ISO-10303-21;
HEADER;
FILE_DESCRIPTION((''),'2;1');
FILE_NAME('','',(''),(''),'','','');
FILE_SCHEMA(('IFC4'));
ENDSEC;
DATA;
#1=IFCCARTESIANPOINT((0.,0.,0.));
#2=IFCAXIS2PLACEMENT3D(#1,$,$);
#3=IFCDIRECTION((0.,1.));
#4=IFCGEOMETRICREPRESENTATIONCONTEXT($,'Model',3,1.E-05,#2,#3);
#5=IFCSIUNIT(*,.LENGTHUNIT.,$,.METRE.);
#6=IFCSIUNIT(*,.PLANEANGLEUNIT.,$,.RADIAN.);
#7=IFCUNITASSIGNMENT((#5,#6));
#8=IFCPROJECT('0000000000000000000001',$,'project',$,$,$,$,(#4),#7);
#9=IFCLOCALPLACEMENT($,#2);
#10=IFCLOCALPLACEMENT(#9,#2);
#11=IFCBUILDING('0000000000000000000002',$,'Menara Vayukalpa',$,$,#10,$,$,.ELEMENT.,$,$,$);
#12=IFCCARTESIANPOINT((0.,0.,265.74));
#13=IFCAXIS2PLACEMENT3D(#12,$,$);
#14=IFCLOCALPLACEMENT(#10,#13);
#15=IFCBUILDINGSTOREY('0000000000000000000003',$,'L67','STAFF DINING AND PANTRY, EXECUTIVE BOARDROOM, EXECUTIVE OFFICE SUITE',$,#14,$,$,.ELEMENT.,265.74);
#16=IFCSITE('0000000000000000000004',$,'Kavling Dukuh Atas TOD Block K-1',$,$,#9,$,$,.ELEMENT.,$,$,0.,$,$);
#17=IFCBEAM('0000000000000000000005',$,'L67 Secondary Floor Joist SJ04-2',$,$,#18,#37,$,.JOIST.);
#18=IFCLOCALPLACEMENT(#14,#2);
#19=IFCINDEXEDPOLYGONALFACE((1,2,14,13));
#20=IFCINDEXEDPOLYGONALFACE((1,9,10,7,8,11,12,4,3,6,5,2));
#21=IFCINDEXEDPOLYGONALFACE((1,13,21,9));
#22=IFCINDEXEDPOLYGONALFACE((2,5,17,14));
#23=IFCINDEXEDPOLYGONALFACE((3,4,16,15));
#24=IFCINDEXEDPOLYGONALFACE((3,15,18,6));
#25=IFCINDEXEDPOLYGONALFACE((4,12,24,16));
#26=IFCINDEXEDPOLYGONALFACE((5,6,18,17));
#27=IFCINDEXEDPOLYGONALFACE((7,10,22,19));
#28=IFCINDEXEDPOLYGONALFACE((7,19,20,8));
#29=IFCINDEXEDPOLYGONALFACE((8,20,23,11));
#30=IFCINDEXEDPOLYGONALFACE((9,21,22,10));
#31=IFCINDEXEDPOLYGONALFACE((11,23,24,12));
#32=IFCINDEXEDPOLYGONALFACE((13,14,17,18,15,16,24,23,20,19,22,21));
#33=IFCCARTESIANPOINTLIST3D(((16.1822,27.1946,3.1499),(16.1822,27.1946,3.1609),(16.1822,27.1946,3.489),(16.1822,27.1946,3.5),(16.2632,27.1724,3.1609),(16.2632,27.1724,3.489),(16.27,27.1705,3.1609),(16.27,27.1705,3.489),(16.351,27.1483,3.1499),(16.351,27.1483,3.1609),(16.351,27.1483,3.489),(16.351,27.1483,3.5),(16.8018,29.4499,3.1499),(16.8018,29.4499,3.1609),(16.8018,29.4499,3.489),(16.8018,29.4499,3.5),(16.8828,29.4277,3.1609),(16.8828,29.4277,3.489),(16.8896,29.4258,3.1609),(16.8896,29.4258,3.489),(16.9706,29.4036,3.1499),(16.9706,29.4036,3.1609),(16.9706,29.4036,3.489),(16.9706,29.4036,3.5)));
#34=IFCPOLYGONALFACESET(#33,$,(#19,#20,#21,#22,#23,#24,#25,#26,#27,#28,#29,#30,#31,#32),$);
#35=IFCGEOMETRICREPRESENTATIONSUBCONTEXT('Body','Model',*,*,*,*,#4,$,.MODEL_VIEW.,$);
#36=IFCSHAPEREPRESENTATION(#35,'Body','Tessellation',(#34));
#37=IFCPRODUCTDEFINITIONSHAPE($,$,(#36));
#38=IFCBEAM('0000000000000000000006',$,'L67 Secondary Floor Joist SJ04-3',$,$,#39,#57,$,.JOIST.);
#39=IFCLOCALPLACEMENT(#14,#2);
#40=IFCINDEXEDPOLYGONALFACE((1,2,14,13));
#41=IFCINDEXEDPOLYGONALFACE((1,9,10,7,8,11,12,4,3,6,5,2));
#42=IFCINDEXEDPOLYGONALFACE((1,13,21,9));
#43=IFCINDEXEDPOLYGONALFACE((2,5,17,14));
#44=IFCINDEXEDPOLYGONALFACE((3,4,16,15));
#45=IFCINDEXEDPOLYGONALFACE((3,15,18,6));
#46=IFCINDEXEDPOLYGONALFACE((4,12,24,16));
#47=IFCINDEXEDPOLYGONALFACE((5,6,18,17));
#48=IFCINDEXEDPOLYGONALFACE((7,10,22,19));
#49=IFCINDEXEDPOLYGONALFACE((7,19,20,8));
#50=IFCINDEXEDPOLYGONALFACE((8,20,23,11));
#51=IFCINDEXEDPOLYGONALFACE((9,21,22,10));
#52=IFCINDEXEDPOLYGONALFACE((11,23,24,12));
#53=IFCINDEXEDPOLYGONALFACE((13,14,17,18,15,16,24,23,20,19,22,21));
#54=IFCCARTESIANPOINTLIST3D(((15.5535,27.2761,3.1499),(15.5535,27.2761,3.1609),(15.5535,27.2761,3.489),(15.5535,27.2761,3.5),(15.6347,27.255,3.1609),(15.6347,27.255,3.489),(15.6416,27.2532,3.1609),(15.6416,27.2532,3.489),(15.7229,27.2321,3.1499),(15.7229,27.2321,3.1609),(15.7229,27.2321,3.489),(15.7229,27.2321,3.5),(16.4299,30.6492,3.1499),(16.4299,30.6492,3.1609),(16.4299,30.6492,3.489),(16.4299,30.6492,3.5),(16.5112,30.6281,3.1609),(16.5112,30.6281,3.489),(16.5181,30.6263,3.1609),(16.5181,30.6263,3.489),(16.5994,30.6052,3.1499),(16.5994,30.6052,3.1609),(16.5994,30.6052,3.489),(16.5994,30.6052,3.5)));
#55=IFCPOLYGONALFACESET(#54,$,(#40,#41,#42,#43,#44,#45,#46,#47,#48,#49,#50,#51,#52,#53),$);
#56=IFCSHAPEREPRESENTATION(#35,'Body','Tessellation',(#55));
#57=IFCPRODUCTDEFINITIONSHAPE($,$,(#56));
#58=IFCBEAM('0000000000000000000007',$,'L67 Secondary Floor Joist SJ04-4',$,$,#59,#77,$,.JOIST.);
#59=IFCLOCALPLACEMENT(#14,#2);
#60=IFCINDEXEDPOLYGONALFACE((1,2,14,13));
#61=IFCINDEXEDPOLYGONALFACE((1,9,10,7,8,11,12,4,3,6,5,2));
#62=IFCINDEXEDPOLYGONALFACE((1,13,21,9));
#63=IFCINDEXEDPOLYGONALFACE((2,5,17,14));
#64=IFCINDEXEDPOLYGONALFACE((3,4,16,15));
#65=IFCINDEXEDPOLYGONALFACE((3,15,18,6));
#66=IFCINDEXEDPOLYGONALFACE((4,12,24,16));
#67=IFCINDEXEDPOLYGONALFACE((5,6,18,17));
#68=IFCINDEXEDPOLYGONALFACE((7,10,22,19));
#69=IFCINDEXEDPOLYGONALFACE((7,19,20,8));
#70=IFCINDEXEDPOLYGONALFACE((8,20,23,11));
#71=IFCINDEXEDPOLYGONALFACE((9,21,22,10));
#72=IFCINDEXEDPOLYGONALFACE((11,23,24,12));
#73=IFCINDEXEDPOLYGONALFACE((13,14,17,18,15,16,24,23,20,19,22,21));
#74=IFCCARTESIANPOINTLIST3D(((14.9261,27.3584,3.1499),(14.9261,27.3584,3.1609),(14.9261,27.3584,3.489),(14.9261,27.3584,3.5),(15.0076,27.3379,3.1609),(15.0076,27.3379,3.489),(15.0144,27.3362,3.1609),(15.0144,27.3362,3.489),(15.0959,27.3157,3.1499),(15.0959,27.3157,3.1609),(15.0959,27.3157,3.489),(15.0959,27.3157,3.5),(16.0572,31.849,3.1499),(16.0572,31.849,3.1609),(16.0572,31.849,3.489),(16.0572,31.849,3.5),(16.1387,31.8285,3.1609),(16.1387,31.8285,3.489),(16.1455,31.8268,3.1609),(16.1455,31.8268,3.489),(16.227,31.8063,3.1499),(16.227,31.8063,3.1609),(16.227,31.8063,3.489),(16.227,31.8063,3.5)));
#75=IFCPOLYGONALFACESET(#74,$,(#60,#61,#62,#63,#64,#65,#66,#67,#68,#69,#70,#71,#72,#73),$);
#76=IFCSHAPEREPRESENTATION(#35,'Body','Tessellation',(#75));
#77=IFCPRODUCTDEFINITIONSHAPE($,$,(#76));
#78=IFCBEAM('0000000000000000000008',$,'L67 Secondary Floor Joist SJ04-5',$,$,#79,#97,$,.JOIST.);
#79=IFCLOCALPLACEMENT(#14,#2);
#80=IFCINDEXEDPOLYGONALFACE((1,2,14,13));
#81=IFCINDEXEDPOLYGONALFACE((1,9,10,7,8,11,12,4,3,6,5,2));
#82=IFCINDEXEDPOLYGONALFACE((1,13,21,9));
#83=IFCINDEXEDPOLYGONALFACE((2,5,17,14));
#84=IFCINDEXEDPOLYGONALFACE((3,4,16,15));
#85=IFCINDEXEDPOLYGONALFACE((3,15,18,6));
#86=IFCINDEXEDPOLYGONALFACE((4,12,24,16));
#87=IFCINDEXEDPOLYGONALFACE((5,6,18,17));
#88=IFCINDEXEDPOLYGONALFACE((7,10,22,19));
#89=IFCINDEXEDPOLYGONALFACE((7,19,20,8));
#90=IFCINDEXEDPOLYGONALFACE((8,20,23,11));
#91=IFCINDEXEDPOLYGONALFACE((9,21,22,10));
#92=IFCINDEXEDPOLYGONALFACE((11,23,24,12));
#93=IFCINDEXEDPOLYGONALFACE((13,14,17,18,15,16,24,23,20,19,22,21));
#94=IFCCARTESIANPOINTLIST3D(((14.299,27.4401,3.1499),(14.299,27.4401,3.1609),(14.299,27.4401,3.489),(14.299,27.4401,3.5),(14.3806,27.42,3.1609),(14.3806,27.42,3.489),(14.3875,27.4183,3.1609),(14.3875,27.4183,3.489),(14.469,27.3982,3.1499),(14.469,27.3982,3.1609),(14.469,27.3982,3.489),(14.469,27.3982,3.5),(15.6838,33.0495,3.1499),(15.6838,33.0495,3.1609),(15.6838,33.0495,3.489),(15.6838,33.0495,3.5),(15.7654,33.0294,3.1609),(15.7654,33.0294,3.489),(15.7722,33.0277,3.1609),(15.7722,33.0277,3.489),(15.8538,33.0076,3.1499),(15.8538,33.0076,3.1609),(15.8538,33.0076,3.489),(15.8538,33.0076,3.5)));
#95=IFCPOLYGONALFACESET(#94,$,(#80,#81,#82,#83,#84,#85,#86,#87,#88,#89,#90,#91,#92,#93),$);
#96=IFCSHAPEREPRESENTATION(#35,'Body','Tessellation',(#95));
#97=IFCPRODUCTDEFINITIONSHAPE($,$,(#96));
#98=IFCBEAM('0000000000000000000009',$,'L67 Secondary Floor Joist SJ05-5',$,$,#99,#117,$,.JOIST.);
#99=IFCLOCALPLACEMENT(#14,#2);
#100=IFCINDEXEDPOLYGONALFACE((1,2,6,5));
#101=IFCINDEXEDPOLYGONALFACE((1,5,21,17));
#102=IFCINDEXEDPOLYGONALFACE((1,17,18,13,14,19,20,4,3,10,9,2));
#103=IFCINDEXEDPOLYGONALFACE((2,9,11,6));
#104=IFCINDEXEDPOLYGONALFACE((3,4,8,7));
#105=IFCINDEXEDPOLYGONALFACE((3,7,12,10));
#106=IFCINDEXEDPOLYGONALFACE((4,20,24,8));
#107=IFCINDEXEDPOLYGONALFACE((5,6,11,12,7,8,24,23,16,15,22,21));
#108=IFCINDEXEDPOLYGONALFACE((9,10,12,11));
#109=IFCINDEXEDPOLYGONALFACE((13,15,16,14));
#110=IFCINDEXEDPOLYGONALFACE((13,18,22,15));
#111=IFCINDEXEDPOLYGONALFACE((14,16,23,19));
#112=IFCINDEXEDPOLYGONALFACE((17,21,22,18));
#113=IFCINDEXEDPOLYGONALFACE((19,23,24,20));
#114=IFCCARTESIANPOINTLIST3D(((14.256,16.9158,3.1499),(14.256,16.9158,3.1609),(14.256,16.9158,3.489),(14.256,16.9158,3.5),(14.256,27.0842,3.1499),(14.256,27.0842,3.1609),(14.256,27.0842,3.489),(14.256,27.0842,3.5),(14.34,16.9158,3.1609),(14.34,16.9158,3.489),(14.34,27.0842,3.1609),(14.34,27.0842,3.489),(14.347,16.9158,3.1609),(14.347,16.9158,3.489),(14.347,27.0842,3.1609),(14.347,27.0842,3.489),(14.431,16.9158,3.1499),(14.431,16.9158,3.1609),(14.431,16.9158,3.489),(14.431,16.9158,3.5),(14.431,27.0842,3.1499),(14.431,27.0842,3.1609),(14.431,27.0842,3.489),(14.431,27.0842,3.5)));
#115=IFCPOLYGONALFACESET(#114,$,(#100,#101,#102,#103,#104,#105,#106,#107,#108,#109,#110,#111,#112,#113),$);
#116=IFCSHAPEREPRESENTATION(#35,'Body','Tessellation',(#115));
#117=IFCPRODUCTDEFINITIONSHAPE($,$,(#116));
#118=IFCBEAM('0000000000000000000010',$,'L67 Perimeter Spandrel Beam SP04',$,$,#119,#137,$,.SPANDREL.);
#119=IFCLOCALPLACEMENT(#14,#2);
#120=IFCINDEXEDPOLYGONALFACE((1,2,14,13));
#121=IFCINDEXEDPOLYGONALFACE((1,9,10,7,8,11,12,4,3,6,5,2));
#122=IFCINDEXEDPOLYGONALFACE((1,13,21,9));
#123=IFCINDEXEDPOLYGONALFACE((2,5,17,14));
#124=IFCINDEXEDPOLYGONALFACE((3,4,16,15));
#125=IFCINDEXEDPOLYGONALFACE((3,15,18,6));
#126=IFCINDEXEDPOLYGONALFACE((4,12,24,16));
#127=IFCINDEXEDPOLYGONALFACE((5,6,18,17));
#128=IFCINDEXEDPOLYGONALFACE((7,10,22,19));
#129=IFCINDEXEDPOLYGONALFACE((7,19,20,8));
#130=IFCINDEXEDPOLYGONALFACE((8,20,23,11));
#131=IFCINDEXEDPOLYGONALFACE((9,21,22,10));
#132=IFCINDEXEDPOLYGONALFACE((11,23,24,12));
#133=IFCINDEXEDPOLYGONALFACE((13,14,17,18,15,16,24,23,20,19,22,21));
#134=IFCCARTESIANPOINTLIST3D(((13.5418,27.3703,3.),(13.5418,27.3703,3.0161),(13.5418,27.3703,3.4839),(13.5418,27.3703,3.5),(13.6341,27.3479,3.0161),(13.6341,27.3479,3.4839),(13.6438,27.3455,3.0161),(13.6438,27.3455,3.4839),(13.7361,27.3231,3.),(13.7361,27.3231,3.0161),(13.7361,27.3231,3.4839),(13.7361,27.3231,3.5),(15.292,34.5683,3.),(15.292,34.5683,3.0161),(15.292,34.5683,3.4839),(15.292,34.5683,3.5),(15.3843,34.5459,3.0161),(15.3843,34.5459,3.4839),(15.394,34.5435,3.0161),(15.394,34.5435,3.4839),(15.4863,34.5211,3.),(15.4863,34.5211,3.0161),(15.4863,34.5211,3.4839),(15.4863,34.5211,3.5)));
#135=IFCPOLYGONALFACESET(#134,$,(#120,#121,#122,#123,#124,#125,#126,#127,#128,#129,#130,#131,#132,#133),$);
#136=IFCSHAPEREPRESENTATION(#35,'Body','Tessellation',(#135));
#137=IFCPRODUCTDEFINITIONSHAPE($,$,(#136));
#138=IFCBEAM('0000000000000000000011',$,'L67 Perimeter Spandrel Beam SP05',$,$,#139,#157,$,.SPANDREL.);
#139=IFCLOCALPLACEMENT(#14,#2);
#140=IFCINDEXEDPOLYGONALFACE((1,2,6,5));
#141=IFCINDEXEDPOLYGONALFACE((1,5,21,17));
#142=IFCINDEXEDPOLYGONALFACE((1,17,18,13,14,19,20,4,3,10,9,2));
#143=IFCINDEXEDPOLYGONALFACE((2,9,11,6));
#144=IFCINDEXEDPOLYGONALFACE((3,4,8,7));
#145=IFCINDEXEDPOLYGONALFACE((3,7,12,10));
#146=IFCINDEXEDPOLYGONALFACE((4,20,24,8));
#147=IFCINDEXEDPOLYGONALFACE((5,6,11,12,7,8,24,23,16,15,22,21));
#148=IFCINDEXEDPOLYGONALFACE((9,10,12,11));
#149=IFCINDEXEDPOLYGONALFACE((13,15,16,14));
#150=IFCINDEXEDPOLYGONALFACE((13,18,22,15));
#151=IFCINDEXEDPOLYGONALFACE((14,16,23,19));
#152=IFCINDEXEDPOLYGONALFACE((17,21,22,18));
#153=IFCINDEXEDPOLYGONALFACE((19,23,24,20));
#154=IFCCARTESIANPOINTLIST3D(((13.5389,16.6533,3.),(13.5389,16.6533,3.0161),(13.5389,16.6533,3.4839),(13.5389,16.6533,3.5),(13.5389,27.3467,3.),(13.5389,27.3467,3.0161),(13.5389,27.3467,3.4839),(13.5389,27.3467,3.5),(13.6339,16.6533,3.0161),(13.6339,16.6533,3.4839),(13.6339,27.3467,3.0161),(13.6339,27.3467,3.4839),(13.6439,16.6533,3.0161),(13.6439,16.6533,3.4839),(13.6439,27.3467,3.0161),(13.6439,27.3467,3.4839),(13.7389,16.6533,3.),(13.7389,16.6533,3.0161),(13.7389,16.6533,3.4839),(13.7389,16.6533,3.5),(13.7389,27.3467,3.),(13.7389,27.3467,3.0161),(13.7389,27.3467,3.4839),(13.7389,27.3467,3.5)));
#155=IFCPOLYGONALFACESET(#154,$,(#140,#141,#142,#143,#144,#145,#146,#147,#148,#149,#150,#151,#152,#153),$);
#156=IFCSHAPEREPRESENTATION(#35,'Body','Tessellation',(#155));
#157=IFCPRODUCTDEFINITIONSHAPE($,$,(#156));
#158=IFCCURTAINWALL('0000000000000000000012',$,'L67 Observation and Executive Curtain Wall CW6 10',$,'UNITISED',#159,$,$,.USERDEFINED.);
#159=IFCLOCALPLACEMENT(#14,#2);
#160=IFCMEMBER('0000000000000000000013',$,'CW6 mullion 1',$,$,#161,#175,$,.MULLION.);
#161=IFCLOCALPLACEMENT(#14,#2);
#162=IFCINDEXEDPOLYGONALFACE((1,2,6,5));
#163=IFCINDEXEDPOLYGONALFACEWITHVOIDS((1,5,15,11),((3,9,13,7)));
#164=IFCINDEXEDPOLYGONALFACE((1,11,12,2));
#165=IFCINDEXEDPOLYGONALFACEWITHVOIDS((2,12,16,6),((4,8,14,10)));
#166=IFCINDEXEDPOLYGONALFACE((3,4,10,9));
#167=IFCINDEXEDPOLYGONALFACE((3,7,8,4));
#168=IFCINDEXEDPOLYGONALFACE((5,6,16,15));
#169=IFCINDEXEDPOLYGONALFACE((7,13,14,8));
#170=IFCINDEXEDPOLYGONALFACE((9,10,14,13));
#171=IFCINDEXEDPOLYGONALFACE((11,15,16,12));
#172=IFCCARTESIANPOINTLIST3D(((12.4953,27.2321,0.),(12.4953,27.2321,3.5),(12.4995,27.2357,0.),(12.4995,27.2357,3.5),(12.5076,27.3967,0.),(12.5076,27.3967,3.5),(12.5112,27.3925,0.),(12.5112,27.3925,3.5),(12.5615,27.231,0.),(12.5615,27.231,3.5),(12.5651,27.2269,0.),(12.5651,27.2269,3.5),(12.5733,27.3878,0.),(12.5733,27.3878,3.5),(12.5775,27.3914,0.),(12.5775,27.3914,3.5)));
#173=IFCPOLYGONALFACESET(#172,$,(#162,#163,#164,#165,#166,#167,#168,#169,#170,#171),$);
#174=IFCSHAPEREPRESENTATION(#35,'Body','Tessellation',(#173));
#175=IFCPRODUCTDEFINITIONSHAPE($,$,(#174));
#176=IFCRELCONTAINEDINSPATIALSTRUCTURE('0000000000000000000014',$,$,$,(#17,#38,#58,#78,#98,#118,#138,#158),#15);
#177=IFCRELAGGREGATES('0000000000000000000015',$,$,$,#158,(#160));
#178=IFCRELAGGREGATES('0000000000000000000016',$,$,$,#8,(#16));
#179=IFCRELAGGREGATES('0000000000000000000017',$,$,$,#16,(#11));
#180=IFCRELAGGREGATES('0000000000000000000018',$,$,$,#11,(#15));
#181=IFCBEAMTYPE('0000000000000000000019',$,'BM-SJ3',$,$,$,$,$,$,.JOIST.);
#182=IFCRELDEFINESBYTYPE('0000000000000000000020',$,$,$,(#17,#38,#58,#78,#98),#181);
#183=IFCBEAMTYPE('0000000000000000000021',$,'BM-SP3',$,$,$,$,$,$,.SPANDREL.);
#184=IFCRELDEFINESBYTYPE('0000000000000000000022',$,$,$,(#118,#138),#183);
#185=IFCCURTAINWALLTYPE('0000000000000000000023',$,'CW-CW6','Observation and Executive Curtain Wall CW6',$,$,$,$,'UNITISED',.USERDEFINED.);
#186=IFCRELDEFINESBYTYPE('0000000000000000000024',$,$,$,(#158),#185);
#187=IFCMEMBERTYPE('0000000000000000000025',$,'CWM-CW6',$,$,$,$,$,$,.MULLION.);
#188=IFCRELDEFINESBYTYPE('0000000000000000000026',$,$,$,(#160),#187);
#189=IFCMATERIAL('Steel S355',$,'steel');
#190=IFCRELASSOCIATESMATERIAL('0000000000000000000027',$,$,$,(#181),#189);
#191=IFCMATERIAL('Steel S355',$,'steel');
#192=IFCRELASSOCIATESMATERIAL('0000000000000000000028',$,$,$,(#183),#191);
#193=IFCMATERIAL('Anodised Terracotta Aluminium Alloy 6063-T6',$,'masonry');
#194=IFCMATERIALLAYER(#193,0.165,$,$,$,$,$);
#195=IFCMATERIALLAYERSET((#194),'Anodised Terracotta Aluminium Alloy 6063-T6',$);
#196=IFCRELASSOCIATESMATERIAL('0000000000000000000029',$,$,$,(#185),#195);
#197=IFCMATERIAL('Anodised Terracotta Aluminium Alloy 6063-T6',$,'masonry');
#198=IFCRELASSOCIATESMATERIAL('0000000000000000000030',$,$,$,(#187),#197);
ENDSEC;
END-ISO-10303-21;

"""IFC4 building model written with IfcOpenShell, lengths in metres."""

from ifc_helpers import new_model, si_unit, direction, frame, origin, origin_2d, place, context, subcontext, project, spatial, hollow_rectangle, i_section, extrude, material, layer, layer_set, material_profile, profile_set, type_object, element, aggregate, save


model = new_model("IFC4")

# Units and contexts
model_context = context("Model", 3, precision=1e-05, world=origin(), true_north=direction((0.0, 1.0)))
body_context = subcontext(model_context, "Body", "Model", "MODEL_VIEW")
ifc_project = project(units=[si_unit("LENGTHUNIT", "METRE"), si_unit("PLANEANGLEUNIT", "RADIAN")], contexts=[model_context])

# Site, building, storey
site_placement = place(None, origin())
site = spatial("IfcSite", under=ifc_project, at=site_placement, Name="Kavling Dukuh Atas TOD Block K-1", CompositionType="ELEMENT", RefElevation=0.0)
building_placement = place(site_placement, origin())
building = spatial("IfcBuilding", under=site, at=building_placement, Name="Menara Vayukalpa", CompositionType="ELEMENT")
storey_placement = place(building_placement, frame((0.0, 0.0, 265.74)))
storey = spatial("IfcBuildingStorey", under=building, at=storey_placement, Name="L67", Description="STAFF DINING AND PANTRY, EXECUTIVE BOARDROOM, EXECUTIVE OFFICE SUITE", CompositionType="ELEMENT", Elevation=265.74)

# Beams
ifc_material_1 = material(Name="Steel S355", Category="steel")
ifc_material_profile_1 = material_profile(ifc_material_1, i_section(OverallWidth=0.175, OverallDepth=0.3501, WebThickness=0.0071, FlangeThickness=0.011, at=origin_2d()), Name="WF 350x175x7x11")
ifc_profile_set_1 = profile_set([ifc_material_profile_1], Name="Steel S355")
beam_type_1 = type_object("IfcBeamType", Name="BM-SJ3", PredefinedType="JOIST", material=ifc_profile_set_1)
beam_1_placement = place(storey_placement, frame((16.8862, 29.4268, 3.325), z_axis=(-0.264919, -0.964271, 0.0), x_axis=(0.964271, -0.264919, 0.0)))
element("IfcBeam", 1, at=beam_1_placement, inside=storey, type_object=beam_type_1, Name="L67 Secondary Floor Joist SJ04-2", PredefinedType="JOIST", context=body_context, shape_type="SweptSolid", body=[
    extrude(i_section(OverallWidth=0.175, OverallDepth=0.3501, WebThickness=0.0071, FlangeThickness=0.011, at=origin_2d()), origin(), (0.0, 0.0, 1.0), 2.3389),
])
beam_2_placement = place(storey_placement, frame((16.5146, 30.6272, 3.325), z_axis=(-0.251492, -0.967859, 0.0), x_axis=(0.967859, -0.251492, 0.0)))
element("IfcBeam", 2, at=beam_2_placement, inside=storey, type_object=beam_type_1, Name="L67 Secondary Floor Joist SJ04-3", PredefinedType="JOIST", context=body_context, shape_type="SweptSolid", body=[
    extrude(i_section(OverallWidth=0.175, OverallDepth=0.3501, WebThickness=0.0071, FlangeThickness=0.011, at=origin_2d()), origin(), (0.0, 0.0, 1.0), 3.4851),
])
beam_3_placement = place(storey_placement, frame((16.1421, 31.8276, 3.325), z_axis=(-0.244247, -0.969713, 0.0), x_axis=(0.969713, -0.244247, 0.0)))
element("IfcBeam", 3, at=beam_3_placement, inside=storey, type_object=beam_type_1, Name="L67 Secondary Floor Joist SJ04-4", PredefinedType="JOIST", context=body_context, shape_type="SweptSolid", body=[
    extrude(i_section(OverallWidth=0.175, OverallDepth=0.3501, WebThickness=0.0071, FlangeThickness=0.011, at=origin_2d()), origin(), (0.0, 0.0, 1.0), 4.6309),
])
beam_4_placement = place(storey_placement, frame((15.7688, 33.0286, 3.325), z_axis=(-0.239671, -0.970854, 0.0), x_axis=(0.970854, -0.239671, 0.0)))
element("IfcBeam", 4, at=beam_4_placement, inside=storey, type_object=beam_type_1, Name="L67 Secondary Floor Joist SJ04-5", PredefinedType="JOIST", context=body_context, shape_type="SweptSolid", body=[
    extrude(i_section(OverallWidth=0.175, OverallDepth=0.3501, WebThickness=0.0071, FlangeThickness=0.011, at=origin_2d()), origin(), (0.0, 0.0, 1.0), 5.7778),
])
beam_5_placement = place(storey_placement, frame((14.3435, 27.0842, 3.325), z_axis=(0.0, -1.0, 0.0), x_axis=(1.0, 0.0, 0.0)))
element("IfcBeam", 5, at=beam_5_placement, inside=storey, type_object=beam_type_1, Name="L67 Secondary Floor Joist SJ05-5", PredefinedType="JOIST", context=body_context, shape_type="SweptSolid", body=[
    extrude(i_section(OverallWidth=0.175, OverallDepth=0.3501, WebThickness=0.0071, FlangeThickness=0.011, at=origin_2d()), origin(), (0.0, 0.0, 1.0), 10.1685),
])
ifc_material_2 = material(Name="Steel S355", Category="steel")
ifc_material_profile_2 = material_profile(ifc_material_2, i_section(OverallWidth=0.2, OverallDepth=0.5, WebThickness=0.01, FlangeThickness=0.0161, at=origin_2d()), Name="WF 500x200x10x16")
ifc_profile_set_2 = profile_set([ifc_material_profile_2], Name="Steel S355")
beam_type_2 = type_object("IfcBeamType", Name="BM-SP3", PredefinedType="SPANDREL", material=ifc_profile_set_2)
beam_6_placement = place(storey_placement, frame((15.3892, 34.5447, 3.25), z_axis=(-0.236273, -0.971687, 0.0), x_axis=(0.971687, -0.236273, 0.0)))
element("IfcBeam", 6, at=beam_6_placement, inside=storey, type_object=beam_type_2, Name="L67 Perimeter Spandrel Beam SP04", PredefinedType="SPANDREL", context=body_context, shape_type="SweptSolid", body=[
    extrude(i_section(OverallWidth=0.2, OverallDepth=0.5, WebThickness=0.01, FlangeThickness=0.0161, at=origin_2d()), origin(), (0.0, 0.0, 1.0), 7.4077),
])
beam_7_placement = place(storey_placement, frame((13.6389, 27.3467, 3.25), z_axis=(0.0, -1.0, 0.0), x_axis=(1.0, 0.0, 0.0)))
element("IfcBeam", 7, at=beam_7_placement, inside=storey, type_object=beam_type_2, Name="L67 Perimeter Spandrel Beam SP05", PredefinedType="SPANDREL", context=body_context, shape_type="SweptSolid", body=[
    extrude(i_section(OverallWidth=0.2, OverallDepth=0.5, WebThickness=0.01, FlangeThickness=0.0161, at=origin_2d()), origin(), (0.0, 0.0, 1.0), 10.6934),
])

# Curtain wall, member
ifc_material_3 = material(Name="Anodised Terracotta Aluminium Alloy 6063-T6", Category="masonry")
ifc_layer_1 = layer(ifc_material_3, 0.165)
ifc_layer_set_1 = layer_set([ifc_layer_1], Name="Anodised Terracotta Aluminium Alloy 6063-T6")
curtain_wall_type = type_object("IfcCurtainWallType", Name="CW-CW6", Description="Observation and Executive Curtain Wall CW6", ElementType="UNITISED", PredefinedType="USERDEFINED", material=ifc_layer_set_1)
curtain_wall_placement = place(storey_placement, origin())
curtain_wall = element("IfcCurtainWall", 8, at=curtain_wall_placement, inside=storey, type_object=curtain_wall_type, Name="L67 Observation and Executive Curtain Wall CW6 10", ObjectType="UNITISED", PredefinedType="USERDEFINED")
ifc_material_4 = material(Name="Anodised Terracotta Aluminium Alloy 6063-T6", Category="masonry")
ifc_material_profile_3 = material_profile(ifc_material_4, hollow_rectangle(XDim=0.0701, YDim=0.165, WallThickness=0.0039, at=origin_2d()), Name="ALU 70x165x4")
ifc_profile_set_3 = profile_set([ifc_material_profile_3], Name="Anodised Terracotta Aluminium Alloy 6063-T6")
member_type_1 = type_object("IfcMemberType", Name="CWM-CW6", PredefinedType="MULLION", material=ifc_profile_set_3)
member_1_placement = place(storey_placement, frame((12.5364, 27.3118, 0.0), z_axis=(0.0, 0.0, 1.0), x_axis=(0.997199, -0.074789, 0.0)))
member_1 = element("IfcMember", 9, at=member_1_placement, type_object=member_type_1, Name="CW6 mullion 1", PredefinedType="MULLION", context=body_context, shape_type="SweptSolid", body=[
    extrude(hollow_rectangle(XDim=0.0701, YDim=0.165, WallThickness=0.0039, at=origin_2d()), origin(), (0.0, 0.0, 1.0), 3.5),
])
aggregate(curtain_wall, [member_1])

save(model, "model.ifc")
